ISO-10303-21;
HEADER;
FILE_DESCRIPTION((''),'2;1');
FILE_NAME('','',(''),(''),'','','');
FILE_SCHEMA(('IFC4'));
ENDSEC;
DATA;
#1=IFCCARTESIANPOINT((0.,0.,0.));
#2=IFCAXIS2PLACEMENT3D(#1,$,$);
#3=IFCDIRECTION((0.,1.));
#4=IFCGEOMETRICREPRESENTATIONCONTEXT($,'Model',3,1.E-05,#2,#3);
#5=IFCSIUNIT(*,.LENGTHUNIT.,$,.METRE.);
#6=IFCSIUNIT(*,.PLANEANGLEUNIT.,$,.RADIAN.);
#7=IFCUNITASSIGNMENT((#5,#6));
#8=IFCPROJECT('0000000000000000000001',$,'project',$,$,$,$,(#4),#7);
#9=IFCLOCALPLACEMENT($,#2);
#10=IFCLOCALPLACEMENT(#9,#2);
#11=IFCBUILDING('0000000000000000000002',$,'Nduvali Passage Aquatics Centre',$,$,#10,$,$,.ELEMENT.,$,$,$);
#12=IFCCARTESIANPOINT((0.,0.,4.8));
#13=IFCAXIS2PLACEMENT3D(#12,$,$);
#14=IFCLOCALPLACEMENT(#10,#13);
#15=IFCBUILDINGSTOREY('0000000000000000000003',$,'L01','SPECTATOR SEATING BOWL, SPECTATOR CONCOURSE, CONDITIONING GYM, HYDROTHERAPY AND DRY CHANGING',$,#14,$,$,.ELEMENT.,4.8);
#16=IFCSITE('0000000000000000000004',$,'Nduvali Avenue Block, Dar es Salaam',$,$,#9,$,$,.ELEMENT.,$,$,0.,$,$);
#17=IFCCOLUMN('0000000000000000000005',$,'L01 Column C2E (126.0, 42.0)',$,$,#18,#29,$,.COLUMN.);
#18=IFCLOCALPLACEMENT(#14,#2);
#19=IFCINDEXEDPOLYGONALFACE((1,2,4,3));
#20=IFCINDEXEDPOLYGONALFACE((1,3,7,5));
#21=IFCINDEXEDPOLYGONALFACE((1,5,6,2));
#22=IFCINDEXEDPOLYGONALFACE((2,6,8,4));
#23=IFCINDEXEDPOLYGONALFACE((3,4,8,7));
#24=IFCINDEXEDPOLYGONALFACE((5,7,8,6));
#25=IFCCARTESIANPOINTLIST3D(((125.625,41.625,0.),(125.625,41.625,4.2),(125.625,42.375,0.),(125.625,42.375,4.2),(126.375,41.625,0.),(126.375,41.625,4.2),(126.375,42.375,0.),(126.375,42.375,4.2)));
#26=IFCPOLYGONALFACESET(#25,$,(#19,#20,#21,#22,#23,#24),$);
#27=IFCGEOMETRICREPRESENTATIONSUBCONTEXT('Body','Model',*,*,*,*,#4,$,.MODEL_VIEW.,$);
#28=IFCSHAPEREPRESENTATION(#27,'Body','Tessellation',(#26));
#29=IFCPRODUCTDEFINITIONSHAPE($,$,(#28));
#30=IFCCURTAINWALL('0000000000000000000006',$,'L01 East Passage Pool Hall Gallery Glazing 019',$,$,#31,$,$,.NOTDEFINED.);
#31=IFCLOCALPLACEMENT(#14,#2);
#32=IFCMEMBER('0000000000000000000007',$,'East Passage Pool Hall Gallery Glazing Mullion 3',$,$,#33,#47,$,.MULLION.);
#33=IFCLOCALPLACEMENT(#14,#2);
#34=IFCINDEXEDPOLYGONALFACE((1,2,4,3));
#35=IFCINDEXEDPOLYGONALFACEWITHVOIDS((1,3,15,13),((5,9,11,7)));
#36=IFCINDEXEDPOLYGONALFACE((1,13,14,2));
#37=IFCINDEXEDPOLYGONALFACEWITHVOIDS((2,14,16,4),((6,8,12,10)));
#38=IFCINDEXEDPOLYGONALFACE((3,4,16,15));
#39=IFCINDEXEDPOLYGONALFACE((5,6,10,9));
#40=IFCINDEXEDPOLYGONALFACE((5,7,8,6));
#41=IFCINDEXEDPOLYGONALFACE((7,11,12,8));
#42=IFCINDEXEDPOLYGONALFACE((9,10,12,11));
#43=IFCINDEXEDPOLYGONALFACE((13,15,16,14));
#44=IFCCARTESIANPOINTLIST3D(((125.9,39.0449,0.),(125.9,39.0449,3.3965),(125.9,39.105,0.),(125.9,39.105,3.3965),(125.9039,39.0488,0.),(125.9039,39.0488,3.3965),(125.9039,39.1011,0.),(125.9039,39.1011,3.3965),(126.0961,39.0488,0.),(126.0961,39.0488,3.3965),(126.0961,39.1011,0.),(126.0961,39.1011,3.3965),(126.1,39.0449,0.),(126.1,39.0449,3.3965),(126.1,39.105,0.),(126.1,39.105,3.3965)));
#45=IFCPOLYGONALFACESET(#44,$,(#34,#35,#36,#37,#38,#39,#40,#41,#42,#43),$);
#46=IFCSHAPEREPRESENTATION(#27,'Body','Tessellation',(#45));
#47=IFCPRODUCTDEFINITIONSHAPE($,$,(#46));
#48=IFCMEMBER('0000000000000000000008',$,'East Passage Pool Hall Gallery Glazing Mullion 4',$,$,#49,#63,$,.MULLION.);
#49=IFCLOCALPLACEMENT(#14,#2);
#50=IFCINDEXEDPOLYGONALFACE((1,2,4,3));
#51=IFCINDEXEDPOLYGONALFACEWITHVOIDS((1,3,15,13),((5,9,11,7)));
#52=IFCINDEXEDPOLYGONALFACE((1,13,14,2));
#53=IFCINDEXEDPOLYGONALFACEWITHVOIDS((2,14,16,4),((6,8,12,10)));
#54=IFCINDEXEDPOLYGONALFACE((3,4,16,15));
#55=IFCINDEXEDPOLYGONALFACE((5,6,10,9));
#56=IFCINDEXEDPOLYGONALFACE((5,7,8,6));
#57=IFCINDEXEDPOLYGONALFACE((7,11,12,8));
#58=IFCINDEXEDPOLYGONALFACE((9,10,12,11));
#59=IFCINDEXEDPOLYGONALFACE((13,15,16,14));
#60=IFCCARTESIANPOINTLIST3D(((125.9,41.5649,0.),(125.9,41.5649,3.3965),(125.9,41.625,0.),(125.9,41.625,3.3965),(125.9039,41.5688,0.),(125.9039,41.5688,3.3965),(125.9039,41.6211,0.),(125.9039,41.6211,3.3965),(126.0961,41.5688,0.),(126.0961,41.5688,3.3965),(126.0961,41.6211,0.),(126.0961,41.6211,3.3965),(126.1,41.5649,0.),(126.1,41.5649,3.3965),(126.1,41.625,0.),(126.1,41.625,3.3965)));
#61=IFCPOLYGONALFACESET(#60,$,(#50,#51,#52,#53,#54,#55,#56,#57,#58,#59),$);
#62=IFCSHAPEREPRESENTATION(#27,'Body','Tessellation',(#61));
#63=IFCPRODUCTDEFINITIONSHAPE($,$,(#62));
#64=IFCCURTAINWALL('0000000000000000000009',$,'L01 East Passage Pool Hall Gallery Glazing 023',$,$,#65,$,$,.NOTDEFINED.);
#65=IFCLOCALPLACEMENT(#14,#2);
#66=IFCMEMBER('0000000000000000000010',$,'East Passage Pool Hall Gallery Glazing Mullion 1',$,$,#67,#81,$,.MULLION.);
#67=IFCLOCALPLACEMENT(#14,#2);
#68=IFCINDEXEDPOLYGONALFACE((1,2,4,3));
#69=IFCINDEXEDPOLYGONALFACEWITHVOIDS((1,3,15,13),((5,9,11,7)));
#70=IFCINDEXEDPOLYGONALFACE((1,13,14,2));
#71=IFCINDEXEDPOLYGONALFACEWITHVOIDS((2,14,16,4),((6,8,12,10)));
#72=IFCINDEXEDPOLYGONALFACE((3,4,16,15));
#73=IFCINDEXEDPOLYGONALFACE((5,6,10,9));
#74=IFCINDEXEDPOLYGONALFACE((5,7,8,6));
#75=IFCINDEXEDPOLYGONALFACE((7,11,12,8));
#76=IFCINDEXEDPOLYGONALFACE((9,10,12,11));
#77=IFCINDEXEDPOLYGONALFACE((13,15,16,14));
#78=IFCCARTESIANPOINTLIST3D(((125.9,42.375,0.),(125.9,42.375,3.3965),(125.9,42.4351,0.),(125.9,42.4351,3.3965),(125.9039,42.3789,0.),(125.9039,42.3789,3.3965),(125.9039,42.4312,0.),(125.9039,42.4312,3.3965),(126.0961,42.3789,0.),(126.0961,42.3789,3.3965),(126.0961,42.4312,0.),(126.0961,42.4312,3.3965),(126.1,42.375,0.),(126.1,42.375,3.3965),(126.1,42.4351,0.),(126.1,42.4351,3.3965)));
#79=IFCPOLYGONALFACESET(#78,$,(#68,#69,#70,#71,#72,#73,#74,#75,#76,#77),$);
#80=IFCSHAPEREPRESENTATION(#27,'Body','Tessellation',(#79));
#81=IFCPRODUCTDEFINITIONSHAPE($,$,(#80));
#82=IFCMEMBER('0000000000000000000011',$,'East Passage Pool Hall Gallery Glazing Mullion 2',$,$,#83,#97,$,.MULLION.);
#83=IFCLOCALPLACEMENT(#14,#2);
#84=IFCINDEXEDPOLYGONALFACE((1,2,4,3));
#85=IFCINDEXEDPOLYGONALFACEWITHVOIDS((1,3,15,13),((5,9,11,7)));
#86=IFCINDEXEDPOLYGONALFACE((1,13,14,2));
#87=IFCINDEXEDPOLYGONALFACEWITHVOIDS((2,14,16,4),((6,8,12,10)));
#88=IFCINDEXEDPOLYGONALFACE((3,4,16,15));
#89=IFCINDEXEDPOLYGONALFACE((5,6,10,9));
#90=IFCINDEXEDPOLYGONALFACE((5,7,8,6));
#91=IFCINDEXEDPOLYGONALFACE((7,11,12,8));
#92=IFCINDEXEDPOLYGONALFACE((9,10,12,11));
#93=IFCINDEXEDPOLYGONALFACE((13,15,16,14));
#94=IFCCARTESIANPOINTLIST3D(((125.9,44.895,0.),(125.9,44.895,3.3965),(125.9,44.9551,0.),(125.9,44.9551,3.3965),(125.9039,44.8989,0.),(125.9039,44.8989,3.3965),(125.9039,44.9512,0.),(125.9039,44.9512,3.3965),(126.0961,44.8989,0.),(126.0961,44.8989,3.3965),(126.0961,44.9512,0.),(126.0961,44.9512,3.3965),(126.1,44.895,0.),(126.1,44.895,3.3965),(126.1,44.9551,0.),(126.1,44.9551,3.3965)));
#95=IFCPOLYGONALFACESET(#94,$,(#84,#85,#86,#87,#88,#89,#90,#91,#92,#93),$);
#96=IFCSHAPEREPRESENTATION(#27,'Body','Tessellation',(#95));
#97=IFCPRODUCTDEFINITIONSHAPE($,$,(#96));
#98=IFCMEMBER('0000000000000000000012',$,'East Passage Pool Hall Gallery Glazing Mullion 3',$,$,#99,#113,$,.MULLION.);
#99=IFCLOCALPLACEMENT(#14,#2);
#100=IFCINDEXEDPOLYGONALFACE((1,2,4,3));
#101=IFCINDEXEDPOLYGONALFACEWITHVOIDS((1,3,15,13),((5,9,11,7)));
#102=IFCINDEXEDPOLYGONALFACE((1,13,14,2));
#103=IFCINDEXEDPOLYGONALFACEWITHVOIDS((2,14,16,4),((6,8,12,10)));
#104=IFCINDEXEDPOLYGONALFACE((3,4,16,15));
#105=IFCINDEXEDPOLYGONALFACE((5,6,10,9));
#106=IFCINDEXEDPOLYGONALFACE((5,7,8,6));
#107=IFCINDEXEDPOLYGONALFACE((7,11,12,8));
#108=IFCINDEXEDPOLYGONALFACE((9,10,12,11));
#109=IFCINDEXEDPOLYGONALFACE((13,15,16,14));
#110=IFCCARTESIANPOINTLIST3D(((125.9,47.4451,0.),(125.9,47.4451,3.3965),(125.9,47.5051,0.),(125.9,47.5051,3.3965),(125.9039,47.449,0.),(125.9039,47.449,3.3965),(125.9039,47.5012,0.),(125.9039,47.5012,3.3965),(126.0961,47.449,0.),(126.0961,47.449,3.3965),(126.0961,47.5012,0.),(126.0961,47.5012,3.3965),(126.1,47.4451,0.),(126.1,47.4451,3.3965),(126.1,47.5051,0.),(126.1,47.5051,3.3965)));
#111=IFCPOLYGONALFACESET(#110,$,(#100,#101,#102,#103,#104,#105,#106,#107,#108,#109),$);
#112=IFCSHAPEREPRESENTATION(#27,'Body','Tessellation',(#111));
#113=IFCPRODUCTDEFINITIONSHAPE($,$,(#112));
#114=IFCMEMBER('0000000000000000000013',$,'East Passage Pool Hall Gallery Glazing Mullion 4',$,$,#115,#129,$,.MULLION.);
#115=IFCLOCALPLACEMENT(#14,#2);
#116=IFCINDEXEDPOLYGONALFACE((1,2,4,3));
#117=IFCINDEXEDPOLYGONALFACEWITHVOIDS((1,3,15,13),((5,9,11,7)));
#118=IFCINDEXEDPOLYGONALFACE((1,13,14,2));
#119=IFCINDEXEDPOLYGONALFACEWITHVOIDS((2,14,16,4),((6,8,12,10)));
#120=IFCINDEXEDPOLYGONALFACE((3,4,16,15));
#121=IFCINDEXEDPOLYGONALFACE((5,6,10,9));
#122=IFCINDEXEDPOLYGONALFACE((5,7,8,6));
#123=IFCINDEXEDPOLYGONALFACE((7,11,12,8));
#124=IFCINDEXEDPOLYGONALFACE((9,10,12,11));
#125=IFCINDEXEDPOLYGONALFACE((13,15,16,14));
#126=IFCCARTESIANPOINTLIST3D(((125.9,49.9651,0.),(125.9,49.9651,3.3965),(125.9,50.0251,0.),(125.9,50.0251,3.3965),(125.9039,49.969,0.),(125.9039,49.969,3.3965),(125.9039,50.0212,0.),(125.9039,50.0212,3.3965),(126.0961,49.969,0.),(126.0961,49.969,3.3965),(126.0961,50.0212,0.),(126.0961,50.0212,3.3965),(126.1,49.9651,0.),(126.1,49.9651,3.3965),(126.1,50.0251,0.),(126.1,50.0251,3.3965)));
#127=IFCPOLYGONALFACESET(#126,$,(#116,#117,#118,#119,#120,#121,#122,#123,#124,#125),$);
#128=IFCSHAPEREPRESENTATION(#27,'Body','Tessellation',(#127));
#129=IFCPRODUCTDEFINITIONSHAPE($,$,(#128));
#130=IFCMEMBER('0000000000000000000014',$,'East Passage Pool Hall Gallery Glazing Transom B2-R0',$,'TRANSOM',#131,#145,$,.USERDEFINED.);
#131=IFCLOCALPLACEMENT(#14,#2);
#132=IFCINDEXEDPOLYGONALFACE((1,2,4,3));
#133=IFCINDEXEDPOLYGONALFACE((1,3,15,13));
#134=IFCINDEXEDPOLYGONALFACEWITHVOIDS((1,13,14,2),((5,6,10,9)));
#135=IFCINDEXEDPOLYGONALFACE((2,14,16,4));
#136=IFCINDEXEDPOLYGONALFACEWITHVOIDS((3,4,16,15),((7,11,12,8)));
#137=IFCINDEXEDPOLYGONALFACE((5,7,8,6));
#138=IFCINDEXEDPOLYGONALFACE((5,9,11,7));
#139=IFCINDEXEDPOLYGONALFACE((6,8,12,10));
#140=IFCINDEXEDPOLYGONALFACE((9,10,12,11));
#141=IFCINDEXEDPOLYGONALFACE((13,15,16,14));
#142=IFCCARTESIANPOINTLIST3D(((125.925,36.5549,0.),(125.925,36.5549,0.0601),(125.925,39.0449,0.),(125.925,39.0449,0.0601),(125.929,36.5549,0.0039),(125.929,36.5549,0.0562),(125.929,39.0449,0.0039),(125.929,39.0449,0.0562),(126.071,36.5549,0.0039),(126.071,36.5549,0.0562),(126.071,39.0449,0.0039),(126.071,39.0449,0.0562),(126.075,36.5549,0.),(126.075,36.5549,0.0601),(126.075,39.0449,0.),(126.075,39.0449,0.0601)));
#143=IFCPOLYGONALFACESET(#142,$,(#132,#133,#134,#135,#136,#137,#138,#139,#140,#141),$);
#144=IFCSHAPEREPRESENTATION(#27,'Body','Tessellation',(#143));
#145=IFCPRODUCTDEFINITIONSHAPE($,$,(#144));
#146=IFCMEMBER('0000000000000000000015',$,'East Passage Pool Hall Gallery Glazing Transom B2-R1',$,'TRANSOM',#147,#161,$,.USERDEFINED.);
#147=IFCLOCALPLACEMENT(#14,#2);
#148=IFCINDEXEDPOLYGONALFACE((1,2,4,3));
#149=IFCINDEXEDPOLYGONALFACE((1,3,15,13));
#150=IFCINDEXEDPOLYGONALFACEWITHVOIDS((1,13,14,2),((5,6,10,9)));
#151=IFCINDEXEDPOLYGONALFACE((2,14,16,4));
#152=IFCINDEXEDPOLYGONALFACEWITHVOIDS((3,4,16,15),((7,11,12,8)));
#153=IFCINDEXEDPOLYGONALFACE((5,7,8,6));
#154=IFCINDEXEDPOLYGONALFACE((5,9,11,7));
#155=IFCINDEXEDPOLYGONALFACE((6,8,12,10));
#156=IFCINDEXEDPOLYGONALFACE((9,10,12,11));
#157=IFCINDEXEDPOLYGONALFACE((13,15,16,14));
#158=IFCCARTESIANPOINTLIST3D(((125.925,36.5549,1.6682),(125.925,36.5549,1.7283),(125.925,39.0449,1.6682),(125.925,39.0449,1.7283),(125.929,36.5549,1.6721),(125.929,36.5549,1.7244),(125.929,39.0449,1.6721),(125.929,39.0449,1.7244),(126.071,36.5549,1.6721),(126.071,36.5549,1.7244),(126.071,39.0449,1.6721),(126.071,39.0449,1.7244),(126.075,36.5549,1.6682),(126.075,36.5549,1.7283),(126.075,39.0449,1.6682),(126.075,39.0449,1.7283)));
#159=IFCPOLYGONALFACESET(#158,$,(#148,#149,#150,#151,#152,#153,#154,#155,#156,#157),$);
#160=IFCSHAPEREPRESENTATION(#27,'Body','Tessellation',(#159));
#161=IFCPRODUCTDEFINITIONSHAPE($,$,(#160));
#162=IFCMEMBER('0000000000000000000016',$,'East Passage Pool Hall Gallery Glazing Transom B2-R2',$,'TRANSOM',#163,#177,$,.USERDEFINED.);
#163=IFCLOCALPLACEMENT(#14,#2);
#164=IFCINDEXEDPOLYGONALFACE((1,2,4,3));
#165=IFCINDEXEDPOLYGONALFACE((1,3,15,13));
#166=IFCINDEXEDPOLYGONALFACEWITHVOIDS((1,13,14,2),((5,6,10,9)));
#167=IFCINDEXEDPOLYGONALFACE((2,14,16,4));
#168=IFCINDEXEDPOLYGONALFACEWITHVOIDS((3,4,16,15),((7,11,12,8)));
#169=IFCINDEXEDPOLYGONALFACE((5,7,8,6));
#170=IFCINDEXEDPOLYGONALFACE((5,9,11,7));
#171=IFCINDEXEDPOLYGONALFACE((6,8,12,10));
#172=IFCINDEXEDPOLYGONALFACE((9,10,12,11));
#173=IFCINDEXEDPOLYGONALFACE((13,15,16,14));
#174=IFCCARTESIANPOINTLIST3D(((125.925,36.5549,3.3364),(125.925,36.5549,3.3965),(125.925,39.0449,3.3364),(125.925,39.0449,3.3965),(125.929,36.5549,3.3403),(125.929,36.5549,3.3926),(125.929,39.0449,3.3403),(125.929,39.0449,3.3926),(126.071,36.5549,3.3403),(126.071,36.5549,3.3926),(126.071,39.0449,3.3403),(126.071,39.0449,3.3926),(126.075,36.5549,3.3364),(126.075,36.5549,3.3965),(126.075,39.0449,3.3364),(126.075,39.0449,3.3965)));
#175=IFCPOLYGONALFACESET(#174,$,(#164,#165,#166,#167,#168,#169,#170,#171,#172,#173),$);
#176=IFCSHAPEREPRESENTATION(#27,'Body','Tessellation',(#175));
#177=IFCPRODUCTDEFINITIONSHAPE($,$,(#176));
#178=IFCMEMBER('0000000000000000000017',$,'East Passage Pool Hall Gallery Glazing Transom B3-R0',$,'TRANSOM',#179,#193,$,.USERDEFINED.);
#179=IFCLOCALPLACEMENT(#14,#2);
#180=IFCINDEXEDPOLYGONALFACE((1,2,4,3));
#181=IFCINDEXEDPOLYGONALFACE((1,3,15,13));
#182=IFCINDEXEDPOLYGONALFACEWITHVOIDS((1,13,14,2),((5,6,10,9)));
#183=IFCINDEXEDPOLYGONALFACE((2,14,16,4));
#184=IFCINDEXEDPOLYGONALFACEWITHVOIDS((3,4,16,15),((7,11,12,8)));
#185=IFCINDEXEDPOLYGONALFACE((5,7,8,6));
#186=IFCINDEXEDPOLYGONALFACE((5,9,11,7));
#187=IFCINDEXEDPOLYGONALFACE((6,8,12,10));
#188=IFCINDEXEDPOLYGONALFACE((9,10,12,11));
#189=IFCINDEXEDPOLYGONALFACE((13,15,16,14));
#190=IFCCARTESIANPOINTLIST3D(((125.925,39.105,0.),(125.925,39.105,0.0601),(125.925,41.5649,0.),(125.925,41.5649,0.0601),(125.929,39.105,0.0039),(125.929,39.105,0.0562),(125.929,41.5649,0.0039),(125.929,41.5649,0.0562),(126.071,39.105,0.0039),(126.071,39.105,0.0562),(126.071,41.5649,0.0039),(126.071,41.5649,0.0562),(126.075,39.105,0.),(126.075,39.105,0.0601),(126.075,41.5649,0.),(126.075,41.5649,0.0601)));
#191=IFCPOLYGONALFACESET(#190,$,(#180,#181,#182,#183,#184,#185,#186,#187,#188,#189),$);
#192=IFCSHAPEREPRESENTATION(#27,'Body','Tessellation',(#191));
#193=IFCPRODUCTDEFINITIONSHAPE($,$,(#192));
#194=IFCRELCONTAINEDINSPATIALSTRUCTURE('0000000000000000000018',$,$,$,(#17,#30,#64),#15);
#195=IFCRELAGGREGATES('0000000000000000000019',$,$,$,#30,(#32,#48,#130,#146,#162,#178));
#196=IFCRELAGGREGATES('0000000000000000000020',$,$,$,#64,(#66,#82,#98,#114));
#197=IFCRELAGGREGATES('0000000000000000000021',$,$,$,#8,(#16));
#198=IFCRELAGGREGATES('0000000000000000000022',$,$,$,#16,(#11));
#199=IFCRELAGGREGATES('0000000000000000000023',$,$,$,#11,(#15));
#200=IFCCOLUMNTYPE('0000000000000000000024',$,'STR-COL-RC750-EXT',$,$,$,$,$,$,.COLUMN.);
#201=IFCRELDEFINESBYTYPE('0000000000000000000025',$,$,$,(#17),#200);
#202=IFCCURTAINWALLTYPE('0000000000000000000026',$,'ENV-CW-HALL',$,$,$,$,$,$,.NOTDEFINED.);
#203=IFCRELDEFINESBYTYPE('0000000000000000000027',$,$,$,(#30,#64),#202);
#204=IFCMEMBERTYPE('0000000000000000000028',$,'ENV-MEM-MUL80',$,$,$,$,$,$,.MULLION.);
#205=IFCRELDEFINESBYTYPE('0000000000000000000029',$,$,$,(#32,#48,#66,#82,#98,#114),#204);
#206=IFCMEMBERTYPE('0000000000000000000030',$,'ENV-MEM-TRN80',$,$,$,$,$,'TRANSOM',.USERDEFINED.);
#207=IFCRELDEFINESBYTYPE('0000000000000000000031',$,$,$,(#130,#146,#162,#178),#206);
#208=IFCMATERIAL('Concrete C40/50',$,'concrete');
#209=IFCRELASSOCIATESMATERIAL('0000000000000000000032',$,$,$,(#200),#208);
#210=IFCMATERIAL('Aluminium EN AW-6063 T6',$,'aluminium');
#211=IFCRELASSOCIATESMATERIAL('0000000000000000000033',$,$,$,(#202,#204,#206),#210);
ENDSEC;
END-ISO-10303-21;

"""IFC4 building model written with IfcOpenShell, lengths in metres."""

from ifc_helpers import new_model, si_unit, direction, frame, origin, origin_2d, place, context, subcontext, project, spatial, rectangle, hollow_rectangle, extrude, material, material_profile, profile_set, type_object, element, aggregate, save


model = new_model("IFC4")

# Units and contexts
model_context = context("Model", 3, precision=1e-05, world=origin(), true_north=direction((0.0, 1.0)))
body_context = subcontext(model_context, "Body", "Model", "MODEL_VIEW")
ifc_project = project(units=[si_unit("LENGTHUNIT", "METRE"), si_unit("PLANEANGLEUNIT", "RADIAN")], contexts=[model_context])

# Site, building, storey
site_placement = place(None, origin())
site = spatial("IfcSite", under=ifc_project, at=site_placement, Name="Nduvali Avenue Block, Dar es Salaam", CompositionType="ELEMENT", RefElevation=0.0)
building_placement = place(site_placement, origin())
building = spatial("IfcBuilding", under=site, at=building_placement, Name="Nduvali Passage Aquatics Centre", CompositionType="ELEMENT")
storey_placement = place(building_placement, frame((0.0, 0.0, 4.8)))
storey = spatial("IfcBuildingStorey", under=building, at=storey_placement, Name="L01", Description="SPECTATOR SEATING BOWL, SPECTATOR CONCOURSE, CONDITIONING GYM, HYDROTHERAPY AND DRY CHANGING", CompositionType="ELEMENT", Elevation=4.8)

# Column
ifc_material_1 = material(Name="Concrete C40/50", Category="concrete")
ifc_material_profile_1 = material_profile(ifc_material_1, rectangle(XDim=0.75, YDim=0.75, at=origin_2d()), Name="RC 750x750")
ifc_profile_set_1 = profile_set([ifc_material_profile_1], Name="Concrete C40/50")
column_type = type_object("IfcColumnType", Name="STR-COL-RC750-EXT", PredefinedType="COLUMN", material=ifc_profile_set_1)
column_placement = place(storey_placement, frame((126.0, 42.0, 0.0), z_axis=(0.0, 0.0, 1.0), x_axis=(1.0, 0.0, 0.0)))
element("IfcColumn", 1, at=column_placement, inside=storey, type_object=column_type, Name="L01 Column C2E (126.0, 42.0)", PredefinedType="COLUMN", context=body_context, shape_type="SweptSolid", body=[
    extrude(rectangle(XDim=0.75, YDim=0.75, at=origin_2d()), origin(), (0.0, 0.0, 1.0), 4.2),
])

# Curtain walls, members
ifc_material_2 = material(Name="Aluminium EN AW-6063 T6", Category="aluminium")
curtain_wall_type = type_object("IfcCurtainWallType", Name="ENV-CW-HALL", PredefinedType="NOTDEFINED", material=ifc_material_2)
curtain_wall_1_placement = place(storey_placement, origin())
curtain_wall_1 = element("IfcCurtainWall", 2, at=curtain_wall_1_placement, inside=storey, type_object=curtain_wall_type, Name="L01 East Passage Pool Hall Gallery Glazing 019", PredefinedType="NOTDEFINED")
ifc_material_profile_2 = material_profile(ifc_material_2, hollow_rectangle(XDim=0.0601, YDim=0.2, WallThickness=0.0039, at=origin_2d()), Name="ALU MULLION 60x200x4")
ifc_profile_set_2 = profile_set([ifc_material_profile_2], Name="Aluminium EN AW-6063 T6")
member_type_1 = type_object("IfcMemberType", Name="ENV-MEM-MUL80", PredefinedType="MULLION", material=ifc_profile_set_2)
member_1_placement = place(storey_placement, frame((126.0, 39.075, 0.0), z_axis=(0.0, 0.0, 1.0), x_axis=(0.0, 1.0, 0.0)))
member_1 = element("IfcMember", 3, at=member_1_placement, type_object=member_type_1, Name="East Passage Pool Hall Gallery Glazing Mullion 3", PredefinedType="MULLION", context=body_context, shape_type="SweptSolid", body=[
    extrude(hollow_rectangle(XDim=0.0601, YDim=0.2, WallThickness=0.0039, at=origin_2d()), origin(), (0.0, 0.0, 1.0), 3.3965),
])
member_2_placement = place(storey_placement, frame((126.0, 41.595, 0.0), z_axis=(0.0, 0.0, 1.0), x_axis=(0.0, 1.0, 0.0)))
member_2 = element("IfcMember", 4, at=member_2_placement, type_object=member_type_1, Name="East Passage Pool Hall Gallery Glazing Mullion 4", PredefinedType="MULLION", context=body_context, shape_type="SweptSolid", body=[
    extrude(hollow_rectangle(XDim=0.0601, YDim=0.2, WallThickness=0.0039, at=origin_2d()), origin(), (0.0, 0.0, 1.0), 3.3965),
])
curtain_wall_2_placement = place(storey_placement, origin())
curtain_wall_2 = element("IfcCurtainWall", 5, at=curtain_wall_2_placement, inside=storey, type_object=curtain_wall_type, Name="L01 East Passage Pool Hall Gallery Glazing 023", PredefinedType="NOTDEFINED")
member_3_placement = place(storey_placement, frame((126.0, 42.405, 0.0), z_axis=(0.0, 0.0, 1.0), x_axis=(0.0, 1.0, 0.0)))
member_3 = element("IfcMember", 6, at=member_3_placement, type_object=member_type_1, Name="East Passage Pool Hall Gallery Glazing Mullion 1", PredefinedType="MULLION", context=body_context, shape_type="SweptSolid", body=[
    extrude(hollow_rectangle(XDim=0.0601, YDim=0.2, WallThickness=0.0039, at=origin_2d()), origin(), (0.0, 0.0, 1.0), 3.3965),
])
member_4_placement = place(storey_placement, frame((126.0, 44.925, 0.0), z_axis=(0.0, 0.0, 1.0), x_axis=(0.0, 1.0, 0.0)))
member_4 = element("IfcMember", 7, at=member_4_placement, type_object=member_type_1, Name="East Passage Pool Hall Gallery Glazing Mullion 2", PredefinedType="MULLION", context=body_context, shape_type="SweptSolid", body=[
    extrude(hollow_rectangle(XDim=0.0601, YDim=0.2, WallThickness=0.0039, at=origin_2d()), origin(), (0.0, 0.0, 1.0), 3.3965),
])
member_5_placement = place(storey_placement, frame((126.0, 47.4751, 0.0), z_axis=(0.0, 0.0, 1.0), x_axis=(0.0, 1.0, 0.0)))
member_5 = element("IfcMember", 8, at=member_5_placement, type_object=member_type_1, Name="East Passage Pool Hall Gallery Glazing Mullion 3", PredefinedType="MULLION", context=body_context, shape_type="SweptSolid", body=[
    extrude(hollow_rectangle(XDim=0.0601, YDim=0.2, WallThickness=0.0039, at=origin_2d()), origin(), (0.0, 0.0, 1.0), 3.3965),
])
member_6_placement = place(storey_placement, frame((126.0, 49.9951, 0.0), z_axis=(0.0, 0.0, 1.0), x_axis=(0.0, 1.0, 0.0)))
member_6 = element("IfcMember", 9, at=member_6_placement, type_object=member_type_1, Name="East Passage Pool Hall Gallery Glazing Mullion 4", PredefinedType="MULLION", context=body_context, shape_type="SweptSolid", body=[
    extrude(hollow_rectangle(XDim=0.0601, YDim=0.2, WallThickness=0.0039, at=origin_2d()), origin(), (0.0, 0.0, 1.0), 3.3965),
])

# Members
ifc_material_profile_3 = material_profile(ifc_material_2, hollow_rectangle(XDim=0.1499, YDim=0.0601, WallThickness=0.0039, at=origin_2d()), Name="ALU TRANSOM 150x60x4")
ifc_profile_set_3 = profile_set([ifc_material_profile_3], Name="Aluminium EN AW-6063 T6")
member_type_2 = type_object("IfcMemberType", Name="ENV-MEM-TRN80", ElementType="TRANSOM", PredefinedType="USERDEFINED", material=ifc_profile_set_3)
member_7_placement = place(storey_placement, frame((126.0, 36.5549, 0.03), z_axis=(0.0, 1.0, 0.0), x_axis=(-1.0, 0.0, 0.0)))
member_7 = element("IfcMember", 10, at=member_7_placement, type_object=member_type_2, Name="East Passage Pool Hall Gallery Glazing Transom B2-R0", ObjectType="TRANSOM", PredefinedType="USERDEFINED", context=body_context, shape_type="SweptSolid", body=[
    extrude(hollow_rectangle(XDim=0.1499, YDim=0.0601, WallThickness=0.0039, at=origin_2d()), origin(), (0.0, 0.0, 1.0), 2.49),
])
member_8_placement = place(storey_placement, frame((126.0, 36.5549, 1.6982), z_axis=(0.0, 1.0, 0.0), x_axis=(-1.0, 0.0, 0.0)))
member_8 = element("IfcMember", 11, at=member_8_placement, type_object=member_type_2, Name="East Passage Pool Hall Gallery Glazing Transom B2-R1", ObjectType="TRANSOM", PredefinedType="USERDEFINED", context=body_context, shape_type="SweptSolid", body=[
    extrude(hollow_rectangle(XDim=0.1499, YDim=0.0601, WallThickness=0.0039, at=origin_2d()), origin(), (0.0, 0.0, 1.0), 2.49),
])
member_9_placement = place(storey_placement, frame((126.0, 36.5549, 3.3665), z_axis=(0.0, 1.0, 0.0), x_axis=(-1.0, 0.0, 0.0)))
member_9 = element("IfcMember", 12, at=member_9_placement, type_object=member_type_2, Name="East Passage Pool Hall Gallery Glazing Transom B2-R2", ObjectType="TRANSOM", PredefinedType="USERDEFINED", context=body_context, shape_type="SweptSolid", body=[
    extrude(hollow_rectangle(XDim=0.1499, YDim=0.0601, WallThickness=0.0039, at=origin_2d()), origin(), (0.0, 0.0, 1.0), 2.49),
])
member_10_placement = place(storey_placement, frame((126.0, 39.105, 0.03), z_axis=(0.0, 1.0, 0.0), x_axis=(-1.0, 0.0, 0.0)))
member_10 = element("IfcMember", 13, at=member_10_placement, type_object=member_type_2, Name="East Passage Pool Hall Gallery Glazing Transom B3-R0", ObjectType="TRANSOM", PredefinedType="USERDEFINED", context=body_context, shape_type="SweptSolid", body=[
    extrude(hollow_rectangle(XDim=0.1499, YDim=0.0601, WallThickness=0.0039, at=origin_2d()), origin(), (0.0, 0.0, 1.0), 2.46),
])

aggregate(curtain_wall_1, [member_1, member_2, member_7, member_8, member_9, member_10])
aggregate(curtain_wall_2, [member_3, member_4, member_5, member_6])

save(model, "model.ifc")
